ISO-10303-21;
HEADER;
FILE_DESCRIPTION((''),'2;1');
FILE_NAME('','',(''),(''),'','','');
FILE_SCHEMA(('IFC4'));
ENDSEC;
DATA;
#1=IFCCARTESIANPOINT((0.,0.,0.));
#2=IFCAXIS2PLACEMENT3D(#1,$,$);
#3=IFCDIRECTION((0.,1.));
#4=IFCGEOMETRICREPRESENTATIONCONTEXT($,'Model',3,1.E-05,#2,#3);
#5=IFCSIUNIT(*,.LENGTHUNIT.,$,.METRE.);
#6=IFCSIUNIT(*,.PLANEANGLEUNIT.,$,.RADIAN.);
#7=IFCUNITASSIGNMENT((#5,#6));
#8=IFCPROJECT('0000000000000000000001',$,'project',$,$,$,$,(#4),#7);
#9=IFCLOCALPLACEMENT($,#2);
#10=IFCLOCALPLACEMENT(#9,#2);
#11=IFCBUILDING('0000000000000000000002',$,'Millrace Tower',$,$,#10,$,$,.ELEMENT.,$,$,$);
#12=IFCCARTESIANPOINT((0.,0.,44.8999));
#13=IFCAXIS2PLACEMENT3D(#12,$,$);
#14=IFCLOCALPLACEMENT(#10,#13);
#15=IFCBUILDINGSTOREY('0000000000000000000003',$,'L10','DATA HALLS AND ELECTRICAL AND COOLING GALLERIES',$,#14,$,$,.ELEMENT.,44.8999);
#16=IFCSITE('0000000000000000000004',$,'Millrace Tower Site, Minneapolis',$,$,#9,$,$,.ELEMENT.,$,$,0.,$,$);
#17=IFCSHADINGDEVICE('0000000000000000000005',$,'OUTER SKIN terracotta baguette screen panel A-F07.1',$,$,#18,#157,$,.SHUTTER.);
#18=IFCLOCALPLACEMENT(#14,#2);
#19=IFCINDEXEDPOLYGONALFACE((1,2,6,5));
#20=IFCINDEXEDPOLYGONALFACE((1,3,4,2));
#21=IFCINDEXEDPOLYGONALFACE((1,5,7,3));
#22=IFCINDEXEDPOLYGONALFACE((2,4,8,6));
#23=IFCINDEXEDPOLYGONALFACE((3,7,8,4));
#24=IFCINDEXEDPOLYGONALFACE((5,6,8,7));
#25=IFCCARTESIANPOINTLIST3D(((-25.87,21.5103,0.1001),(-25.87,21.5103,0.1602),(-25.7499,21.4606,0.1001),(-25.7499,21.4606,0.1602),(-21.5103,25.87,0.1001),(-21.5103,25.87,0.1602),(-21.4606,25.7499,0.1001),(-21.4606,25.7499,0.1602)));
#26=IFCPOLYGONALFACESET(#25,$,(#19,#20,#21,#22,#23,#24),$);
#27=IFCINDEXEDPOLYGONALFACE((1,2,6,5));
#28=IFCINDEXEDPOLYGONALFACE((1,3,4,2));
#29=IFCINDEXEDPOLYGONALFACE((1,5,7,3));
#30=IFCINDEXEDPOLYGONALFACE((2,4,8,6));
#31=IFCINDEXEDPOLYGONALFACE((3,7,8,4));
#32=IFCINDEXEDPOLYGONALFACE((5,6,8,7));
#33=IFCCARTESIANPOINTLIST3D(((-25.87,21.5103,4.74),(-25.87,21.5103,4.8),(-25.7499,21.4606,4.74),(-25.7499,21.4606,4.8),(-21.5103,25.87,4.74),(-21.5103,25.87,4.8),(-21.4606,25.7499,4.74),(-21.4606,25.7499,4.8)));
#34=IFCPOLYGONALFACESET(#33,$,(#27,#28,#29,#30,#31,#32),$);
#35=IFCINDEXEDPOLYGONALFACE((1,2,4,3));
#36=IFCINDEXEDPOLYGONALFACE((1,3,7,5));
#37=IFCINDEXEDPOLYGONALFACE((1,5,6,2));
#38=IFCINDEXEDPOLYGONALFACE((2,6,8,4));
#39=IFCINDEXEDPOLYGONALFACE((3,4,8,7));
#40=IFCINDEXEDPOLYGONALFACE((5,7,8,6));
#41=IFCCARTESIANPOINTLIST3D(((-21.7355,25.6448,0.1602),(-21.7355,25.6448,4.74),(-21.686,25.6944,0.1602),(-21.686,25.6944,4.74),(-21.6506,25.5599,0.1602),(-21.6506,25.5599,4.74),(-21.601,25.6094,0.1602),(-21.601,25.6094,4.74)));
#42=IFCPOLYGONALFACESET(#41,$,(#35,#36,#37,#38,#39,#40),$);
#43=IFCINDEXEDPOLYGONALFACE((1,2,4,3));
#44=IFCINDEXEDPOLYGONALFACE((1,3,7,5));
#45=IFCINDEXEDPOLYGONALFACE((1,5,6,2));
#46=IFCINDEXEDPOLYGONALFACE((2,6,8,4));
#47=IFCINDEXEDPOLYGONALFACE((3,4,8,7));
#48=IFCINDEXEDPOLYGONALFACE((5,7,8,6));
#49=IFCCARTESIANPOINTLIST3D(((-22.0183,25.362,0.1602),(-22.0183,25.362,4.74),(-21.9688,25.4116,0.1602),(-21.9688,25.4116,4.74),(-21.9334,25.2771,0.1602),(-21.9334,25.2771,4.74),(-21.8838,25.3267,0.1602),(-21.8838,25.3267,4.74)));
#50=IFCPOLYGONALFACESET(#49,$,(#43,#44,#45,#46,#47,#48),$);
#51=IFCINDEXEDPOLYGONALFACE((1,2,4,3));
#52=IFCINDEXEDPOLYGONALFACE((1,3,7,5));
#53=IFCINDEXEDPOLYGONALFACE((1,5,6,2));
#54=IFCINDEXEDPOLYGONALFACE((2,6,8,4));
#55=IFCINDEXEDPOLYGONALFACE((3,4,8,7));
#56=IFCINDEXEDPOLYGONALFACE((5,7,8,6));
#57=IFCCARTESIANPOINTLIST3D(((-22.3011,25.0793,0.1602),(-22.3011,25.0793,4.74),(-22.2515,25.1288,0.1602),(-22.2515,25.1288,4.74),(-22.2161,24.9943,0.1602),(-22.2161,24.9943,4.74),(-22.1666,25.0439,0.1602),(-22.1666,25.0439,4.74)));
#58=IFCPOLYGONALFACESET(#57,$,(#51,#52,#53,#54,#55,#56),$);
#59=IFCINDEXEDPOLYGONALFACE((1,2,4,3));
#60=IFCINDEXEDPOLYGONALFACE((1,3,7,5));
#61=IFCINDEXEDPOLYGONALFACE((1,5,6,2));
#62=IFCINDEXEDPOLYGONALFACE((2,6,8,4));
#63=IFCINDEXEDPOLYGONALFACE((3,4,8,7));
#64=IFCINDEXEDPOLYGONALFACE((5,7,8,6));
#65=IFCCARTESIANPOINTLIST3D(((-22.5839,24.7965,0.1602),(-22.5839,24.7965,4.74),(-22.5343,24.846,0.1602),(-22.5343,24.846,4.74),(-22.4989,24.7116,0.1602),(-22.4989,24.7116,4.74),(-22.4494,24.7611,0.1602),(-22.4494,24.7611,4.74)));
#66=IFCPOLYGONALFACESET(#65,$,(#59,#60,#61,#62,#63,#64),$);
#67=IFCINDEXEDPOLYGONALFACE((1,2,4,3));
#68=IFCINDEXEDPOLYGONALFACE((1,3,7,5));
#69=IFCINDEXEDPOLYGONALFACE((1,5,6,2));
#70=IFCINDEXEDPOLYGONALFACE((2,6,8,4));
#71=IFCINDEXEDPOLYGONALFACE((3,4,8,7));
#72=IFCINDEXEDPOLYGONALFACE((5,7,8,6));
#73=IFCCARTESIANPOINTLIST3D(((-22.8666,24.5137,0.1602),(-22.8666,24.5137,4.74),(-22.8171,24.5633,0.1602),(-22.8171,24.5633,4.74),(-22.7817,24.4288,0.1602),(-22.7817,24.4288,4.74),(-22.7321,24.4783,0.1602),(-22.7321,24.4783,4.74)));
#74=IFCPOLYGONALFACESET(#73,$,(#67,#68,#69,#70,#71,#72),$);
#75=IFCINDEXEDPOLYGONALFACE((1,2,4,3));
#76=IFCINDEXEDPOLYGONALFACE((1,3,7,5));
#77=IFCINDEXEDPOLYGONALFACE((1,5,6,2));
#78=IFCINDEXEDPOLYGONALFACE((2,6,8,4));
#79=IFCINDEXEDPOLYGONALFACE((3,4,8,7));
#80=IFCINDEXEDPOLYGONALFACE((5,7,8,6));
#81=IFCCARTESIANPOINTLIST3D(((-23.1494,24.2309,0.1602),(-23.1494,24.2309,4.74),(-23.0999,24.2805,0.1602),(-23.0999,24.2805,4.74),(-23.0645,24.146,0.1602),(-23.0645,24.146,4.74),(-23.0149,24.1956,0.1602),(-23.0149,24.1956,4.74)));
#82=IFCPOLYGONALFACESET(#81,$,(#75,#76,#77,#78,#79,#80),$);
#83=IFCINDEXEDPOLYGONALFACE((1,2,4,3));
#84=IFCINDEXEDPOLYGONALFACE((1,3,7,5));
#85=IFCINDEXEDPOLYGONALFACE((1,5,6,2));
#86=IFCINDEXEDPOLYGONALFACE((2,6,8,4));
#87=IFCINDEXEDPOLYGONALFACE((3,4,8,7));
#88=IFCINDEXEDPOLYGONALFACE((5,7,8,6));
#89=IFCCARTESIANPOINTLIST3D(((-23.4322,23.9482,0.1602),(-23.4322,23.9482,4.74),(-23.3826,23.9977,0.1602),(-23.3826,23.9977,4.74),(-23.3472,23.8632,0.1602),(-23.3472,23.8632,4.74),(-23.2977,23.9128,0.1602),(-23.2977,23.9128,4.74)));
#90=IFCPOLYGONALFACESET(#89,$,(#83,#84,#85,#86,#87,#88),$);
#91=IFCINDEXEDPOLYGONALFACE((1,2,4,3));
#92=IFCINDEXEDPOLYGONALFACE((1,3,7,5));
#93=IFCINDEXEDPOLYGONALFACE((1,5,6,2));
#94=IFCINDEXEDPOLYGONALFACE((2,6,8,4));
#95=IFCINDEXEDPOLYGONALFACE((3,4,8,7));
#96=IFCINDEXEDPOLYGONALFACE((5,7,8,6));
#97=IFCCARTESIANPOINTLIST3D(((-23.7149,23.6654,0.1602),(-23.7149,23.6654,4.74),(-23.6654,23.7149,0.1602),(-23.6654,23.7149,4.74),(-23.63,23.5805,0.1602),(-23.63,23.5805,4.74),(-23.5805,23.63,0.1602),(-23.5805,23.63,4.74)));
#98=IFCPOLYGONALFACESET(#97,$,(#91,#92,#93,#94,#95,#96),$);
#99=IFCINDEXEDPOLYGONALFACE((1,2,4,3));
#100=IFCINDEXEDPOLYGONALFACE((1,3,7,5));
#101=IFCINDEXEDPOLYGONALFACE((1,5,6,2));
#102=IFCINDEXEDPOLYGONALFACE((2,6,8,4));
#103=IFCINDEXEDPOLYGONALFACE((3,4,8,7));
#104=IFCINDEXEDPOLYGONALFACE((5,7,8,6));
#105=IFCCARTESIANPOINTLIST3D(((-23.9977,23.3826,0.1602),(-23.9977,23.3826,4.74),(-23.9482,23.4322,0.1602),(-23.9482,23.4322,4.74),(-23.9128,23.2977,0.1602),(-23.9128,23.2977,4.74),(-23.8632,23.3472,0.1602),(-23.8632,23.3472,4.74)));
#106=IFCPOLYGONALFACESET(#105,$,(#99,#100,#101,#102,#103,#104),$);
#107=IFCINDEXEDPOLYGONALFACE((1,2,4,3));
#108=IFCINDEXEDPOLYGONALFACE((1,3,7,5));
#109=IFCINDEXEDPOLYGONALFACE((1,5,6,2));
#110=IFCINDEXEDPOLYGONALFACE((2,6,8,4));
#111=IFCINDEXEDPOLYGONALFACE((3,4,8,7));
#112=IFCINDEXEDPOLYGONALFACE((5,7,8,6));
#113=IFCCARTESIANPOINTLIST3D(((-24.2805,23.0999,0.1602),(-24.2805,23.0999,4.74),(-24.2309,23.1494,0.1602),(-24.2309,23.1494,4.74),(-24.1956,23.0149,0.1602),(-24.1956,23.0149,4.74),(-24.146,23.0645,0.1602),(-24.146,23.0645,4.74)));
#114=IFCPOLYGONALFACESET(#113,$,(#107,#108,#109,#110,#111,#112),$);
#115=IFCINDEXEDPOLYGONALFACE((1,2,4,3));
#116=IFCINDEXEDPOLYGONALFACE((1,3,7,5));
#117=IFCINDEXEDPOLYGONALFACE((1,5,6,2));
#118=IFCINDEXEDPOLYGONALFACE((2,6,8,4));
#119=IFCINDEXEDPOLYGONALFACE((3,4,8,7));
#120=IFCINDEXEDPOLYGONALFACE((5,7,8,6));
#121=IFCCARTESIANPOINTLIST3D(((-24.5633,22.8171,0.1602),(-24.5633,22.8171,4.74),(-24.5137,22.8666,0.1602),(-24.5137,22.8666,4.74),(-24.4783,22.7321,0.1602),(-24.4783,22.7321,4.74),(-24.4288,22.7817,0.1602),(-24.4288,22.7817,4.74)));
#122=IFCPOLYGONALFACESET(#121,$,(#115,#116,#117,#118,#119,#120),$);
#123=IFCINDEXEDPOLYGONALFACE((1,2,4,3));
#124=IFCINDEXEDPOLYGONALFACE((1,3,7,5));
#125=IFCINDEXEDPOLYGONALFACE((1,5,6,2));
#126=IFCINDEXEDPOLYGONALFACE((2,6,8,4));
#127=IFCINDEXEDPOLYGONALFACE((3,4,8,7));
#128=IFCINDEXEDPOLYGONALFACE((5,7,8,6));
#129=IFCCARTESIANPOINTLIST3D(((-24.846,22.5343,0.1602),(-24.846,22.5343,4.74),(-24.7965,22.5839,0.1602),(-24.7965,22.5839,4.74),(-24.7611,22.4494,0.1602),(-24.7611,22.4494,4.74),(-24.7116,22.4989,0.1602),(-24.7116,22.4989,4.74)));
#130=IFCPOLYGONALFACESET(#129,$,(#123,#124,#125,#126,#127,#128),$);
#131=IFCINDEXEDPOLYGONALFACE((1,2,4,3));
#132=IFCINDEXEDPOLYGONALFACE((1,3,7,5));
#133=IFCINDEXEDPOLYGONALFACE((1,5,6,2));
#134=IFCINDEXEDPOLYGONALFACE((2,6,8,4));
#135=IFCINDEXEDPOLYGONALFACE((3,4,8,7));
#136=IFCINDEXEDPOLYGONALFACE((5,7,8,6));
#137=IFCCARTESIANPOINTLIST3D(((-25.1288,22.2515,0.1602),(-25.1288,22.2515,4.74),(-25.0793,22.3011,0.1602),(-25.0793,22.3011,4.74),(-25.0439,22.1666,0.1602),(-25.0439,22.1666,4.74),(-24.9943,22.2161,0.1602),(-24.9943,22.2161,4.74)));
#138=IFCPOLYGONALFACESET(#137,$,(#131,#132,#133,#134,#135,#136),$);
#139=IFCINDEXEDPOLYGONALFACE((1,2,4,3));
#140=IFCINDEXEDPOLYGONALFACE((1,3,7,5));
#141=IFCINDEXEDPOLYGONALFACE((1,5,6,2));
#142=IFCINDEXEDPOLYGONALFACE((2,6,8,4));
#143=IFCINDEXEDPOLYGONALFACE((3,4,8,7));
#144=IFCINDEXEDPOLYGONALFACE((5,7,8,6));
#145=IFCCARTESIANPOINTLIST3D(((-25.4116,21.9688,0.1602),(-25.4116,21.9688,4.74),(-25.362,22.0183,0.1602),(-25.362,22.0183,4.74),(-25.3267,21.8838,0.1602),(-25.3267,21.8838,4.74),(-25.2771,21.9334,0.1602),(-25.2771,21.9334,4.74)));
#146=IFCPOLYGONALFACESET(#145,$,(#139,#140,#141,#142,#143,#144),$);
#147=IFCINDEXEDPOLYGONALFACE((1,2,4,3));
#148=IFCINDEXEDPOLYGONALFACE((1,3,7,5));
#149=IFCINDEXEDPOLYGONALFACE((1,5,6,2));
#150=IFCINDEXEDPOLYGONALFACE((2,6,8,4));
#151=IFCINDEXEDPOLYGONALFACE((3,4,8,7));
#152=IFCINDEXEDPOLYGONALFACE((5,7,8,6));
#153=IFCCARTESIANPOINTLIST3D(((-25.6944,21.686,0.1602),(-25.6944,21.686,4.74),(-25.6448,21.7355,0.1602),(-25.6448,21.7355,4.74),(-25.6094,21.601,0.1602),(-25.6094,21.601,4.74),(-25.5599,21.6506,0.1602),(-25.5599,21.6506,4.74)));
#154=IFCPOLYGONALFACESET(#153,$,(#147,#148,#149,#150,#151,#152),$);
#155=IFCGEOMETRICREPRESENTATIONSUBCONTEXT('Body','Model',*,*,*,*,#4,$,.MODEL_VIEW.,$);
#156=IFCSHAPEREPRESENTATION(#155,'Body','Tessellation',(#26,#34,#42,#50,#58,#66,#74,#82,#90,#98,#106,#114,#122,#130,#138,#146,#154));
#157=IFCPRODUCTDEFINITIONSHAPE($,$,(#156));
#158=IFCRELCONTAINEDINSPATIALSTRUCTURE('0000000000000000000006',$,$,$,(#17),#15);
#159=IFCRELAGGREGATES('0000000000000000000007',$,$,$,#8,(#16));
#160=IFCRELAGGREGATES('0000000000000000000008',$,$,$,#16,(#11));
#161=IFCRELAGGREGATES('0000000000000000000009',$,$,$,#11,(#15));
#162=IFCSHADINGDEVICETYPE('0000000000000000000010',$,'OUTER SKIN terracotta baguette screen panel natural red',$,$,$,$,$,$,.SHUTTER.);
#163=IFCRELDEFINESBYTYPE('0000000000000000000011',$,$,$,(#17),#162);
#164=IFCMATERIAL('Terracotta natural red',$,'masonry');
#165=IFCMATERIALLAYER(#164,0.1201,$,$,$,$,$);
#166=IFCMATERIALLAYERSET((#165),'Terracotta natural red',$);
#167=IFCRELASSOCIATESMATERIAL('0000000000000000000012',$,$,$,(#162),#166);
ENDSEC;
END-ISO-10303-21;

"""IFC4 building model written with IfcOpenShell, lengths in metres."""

from ifc_helpers import new_model, entity, si_unit, direction, frame, frame_2d, origin, origin_2d, place, context, subcontext, project, spatial, rectangle, extrude, source, transform, mapped, material, layer, layer_set, type_object, element, save


model = new_model("IFC4")

# Units and contexts
model_context = context("Model", 3, precision=1e-05, world=origin(), true_north=direction((0.0, 1.0)))
body_context = subcontext(model_context, "Body", "Model", "MODEL_VIEW")
ifc_project = project(units=[si_unit("LENGTHUNIT", "METRE"), si_unit("PLANEANGLEUNIT", "RADIAN")], contexts=[model_context])

# Site, building, storey
site_placement = place(None, origin())
site = spatial("IfcSite", under=ifc_project, at=site_placement, Name="Millrace Tower Site, Minneapolis", CompositionType="ELEMENT", RefElevation=0.0)
building_placement = place(site_placement, origin())
building = spatial("IfcBuilding", under=site, at=building_placement, Name="Millrace Tower", CompositionType="ELEMENT")
storey_placement = place(building_placement, frame((0.0, 0.0, 44.8999)))
storey = spatial("IfcBuildingStorey", under=building, at=storey_placement, Name="L10", Description="DATA HALLS AND ELECTRICAL AND COOLING GALLERIES", CompositionType="ELEMENT", Elevation=44.8999)

# Shading device
ifc_material_1 = material(Name="Terracotta natural red", Category="masonry")
ifc_layer_1 = layer(ifc_material_1, 0.1201)
ifc_layer_set_1 = layer_set([ifc_layer_1], Name="Terracotta natural red")
shading_device_type_1 = type_object("IfcShadingDeviceType", Name="OUTER SKIN terracotta baguette screen panel natural red", PredefinedType="SHUTTER", material=ifc_layer_set_1)
cartesian_point_1 = entity("IfcCartesianPoint", [-3.033, 0.0601])
shared_polyline_1 = entity("IfcPolyline", [cartesian_point_1, entity("IfcCartesianPoint", [3.033, 0.0601]), entity("IfcCartesianPoint", [3.0828, -0.0601]), entity("IfcCartesianPoint", [-3.0828, -0.0601]), cartesian_point_1])
shared_shape_1 = source(origin(), body_context, "Body", "SweptSolid", [
    entity("IfcExtrudedAreaSolid", entity("IfcArbitraryClosedProfileDef", "AREA", None, shared_polyline_1), entity("IfcAxis2Placement3D", entity("IfcCartesianPoint", [0.0, 0.0, 0.0])), entity("IfcDirection", [0.0, 0.0, 1.0]), 0.0601),
    entity("IfcExtrudedAreaSolid", entity("IfcArbitraryClosedProfileDef", "AREA", None, shared_polyline_1), entity("IfcAxis2Placement3D", entity("IfcCartesianPoint", [0.0, 0.0, 4.6399])), entity("IfcDirection", [0.0, 0.0, 1.0]), 0.0601),
    extrude(rectangle(XDim=0.0701, YDim=0.1201, at=frame_2d((-2.7993, 0.0))), frame((0.0, 0.0, 0.0601)), (0.0, 0.0, 1.0), 4.5798),
    extrude(rectangle(XDim=0.0701, YDim=0.1201, at=frame_2d((-2.3994, 0.0))), frame((0.0, 0.0, 0.0601)), (0.0, 0.0, 1.0), 4.5798),
    extrude(rectangle(XDim=0.0701, YDim=0.1201, at=frame_2d((-1.9995, 0.0))), frame((0.0, 0.0, 0.0601)), (0.0, 0.0, 1.0), 4.5798),
    extrude(rectangle(XDim=0.0701, YDim=0.1201, at=frame_2d((-1.5996, 0.0))), frame((0.0, 0.0, 0.0601)), (0.0, 0.0, 1.0), 4.5798),
    extrude(rectangle(XDim=0.0701, YDim=0.1201, at=frame_2d((-1.1997, 0.0))), frame((0.0, 0.0, 0.0601)), (0.0, 0.0, 1.0), 4.5798),
    extrude(rectangle(XDim=0.0701, YDim=0.1201, at=frame_2d((-0.7998, 0.0))), frame((0.0, 0.0, 0.0601)), (0.0, 0.0, 1.0), 4.5798),
    extrude(rectangle(XDim=0.0701, YDim=0.1201, at=frame_2d((-0.3999, 0.0))), frame((0.0, 0.0, 0.0601)), (0.0, 0.0, 1.0), 4.5798),
    extrude(rectangle(XDim=0.0701, YDim=0.1201, at=origin_2d()), frame((0.0, 0.0, 0.0601)), (0.0, 0.0, 1.0), 4.5798),
    extrude(rectangle(XDim=0.0701, YDim=0.1201, at=frame_2d((0.3999, 0.0))), frame((0.0, 0.0, 0.0601)), (0.0, 0.0, 1.0), 4.5798),
    extrude(rectangle(XDim=0.0701, YDim=0.1201, at=frame_2d((0.7998, 0.0))), frame((0.0, 0.0, 0.0601)), (0.0, 0.0, 1.0), 4.5798),
    extrude(rectangle(XDim=0.0701, YDim=0.1201, at=frame_2d((1.1997, 0.0))), frame((0.0, 0.0, 0.0601)), (0.0, 0.0, 1.0), 4.5798),
    extrude(rectangle(XDim=0.0701, YDim=0.1201, at=frame_2d((1.5996, 0.0))), frame((0.0, 0.0, 0.0601)), (0.0, 0.0, 1.0), 4.5798),
    extrude(rectangle(XDim=0.0701, YDim=0.1201, at=frame_2d((1.9995, 0.0))), frame((0.0, 0.0, 0.0601)), (0.0, 0.0, 1.0), 4.5798),
    extrude(rectangle(XDim=0.0701, YDim=0.1201, at=frame_2d((2.3994, 0.0))), frame((0.0, 0.0, 0.0601)), (0.0, 0.0, 1.0), 4.5798),
    extrude(rectangle(XDim=0.0701, YDim=0.1201, at=frame_2d((2.7993, 0.0))), frame((0.0, 0.0, 0.0601)), (0.0, 0.0, 1.0), 4.5798),
])
shading_device_1_placement = place(storey_placement, frame((-23.6477, 23.6477, 0.1001), z_axis=(0.0, 0.0, 1.0), x_axis=(-0.707107, -0.707107, 0.0)))
element("IfcShadingDevice", 1, at=shading_device_1_placement, inside=storey, type_object=shading_device_type_1, Name="OUTER SKIN terracotta baguette screen panel A-F07.1", PredefinedType="SHUTTER", context=body_context, shape_type="MappedRepresentation", body=[
    mapped(shared_shape_1, transform((0.0, 0.0, 0.0), scale=1.0)),
])

save(model, "model.ifc")
